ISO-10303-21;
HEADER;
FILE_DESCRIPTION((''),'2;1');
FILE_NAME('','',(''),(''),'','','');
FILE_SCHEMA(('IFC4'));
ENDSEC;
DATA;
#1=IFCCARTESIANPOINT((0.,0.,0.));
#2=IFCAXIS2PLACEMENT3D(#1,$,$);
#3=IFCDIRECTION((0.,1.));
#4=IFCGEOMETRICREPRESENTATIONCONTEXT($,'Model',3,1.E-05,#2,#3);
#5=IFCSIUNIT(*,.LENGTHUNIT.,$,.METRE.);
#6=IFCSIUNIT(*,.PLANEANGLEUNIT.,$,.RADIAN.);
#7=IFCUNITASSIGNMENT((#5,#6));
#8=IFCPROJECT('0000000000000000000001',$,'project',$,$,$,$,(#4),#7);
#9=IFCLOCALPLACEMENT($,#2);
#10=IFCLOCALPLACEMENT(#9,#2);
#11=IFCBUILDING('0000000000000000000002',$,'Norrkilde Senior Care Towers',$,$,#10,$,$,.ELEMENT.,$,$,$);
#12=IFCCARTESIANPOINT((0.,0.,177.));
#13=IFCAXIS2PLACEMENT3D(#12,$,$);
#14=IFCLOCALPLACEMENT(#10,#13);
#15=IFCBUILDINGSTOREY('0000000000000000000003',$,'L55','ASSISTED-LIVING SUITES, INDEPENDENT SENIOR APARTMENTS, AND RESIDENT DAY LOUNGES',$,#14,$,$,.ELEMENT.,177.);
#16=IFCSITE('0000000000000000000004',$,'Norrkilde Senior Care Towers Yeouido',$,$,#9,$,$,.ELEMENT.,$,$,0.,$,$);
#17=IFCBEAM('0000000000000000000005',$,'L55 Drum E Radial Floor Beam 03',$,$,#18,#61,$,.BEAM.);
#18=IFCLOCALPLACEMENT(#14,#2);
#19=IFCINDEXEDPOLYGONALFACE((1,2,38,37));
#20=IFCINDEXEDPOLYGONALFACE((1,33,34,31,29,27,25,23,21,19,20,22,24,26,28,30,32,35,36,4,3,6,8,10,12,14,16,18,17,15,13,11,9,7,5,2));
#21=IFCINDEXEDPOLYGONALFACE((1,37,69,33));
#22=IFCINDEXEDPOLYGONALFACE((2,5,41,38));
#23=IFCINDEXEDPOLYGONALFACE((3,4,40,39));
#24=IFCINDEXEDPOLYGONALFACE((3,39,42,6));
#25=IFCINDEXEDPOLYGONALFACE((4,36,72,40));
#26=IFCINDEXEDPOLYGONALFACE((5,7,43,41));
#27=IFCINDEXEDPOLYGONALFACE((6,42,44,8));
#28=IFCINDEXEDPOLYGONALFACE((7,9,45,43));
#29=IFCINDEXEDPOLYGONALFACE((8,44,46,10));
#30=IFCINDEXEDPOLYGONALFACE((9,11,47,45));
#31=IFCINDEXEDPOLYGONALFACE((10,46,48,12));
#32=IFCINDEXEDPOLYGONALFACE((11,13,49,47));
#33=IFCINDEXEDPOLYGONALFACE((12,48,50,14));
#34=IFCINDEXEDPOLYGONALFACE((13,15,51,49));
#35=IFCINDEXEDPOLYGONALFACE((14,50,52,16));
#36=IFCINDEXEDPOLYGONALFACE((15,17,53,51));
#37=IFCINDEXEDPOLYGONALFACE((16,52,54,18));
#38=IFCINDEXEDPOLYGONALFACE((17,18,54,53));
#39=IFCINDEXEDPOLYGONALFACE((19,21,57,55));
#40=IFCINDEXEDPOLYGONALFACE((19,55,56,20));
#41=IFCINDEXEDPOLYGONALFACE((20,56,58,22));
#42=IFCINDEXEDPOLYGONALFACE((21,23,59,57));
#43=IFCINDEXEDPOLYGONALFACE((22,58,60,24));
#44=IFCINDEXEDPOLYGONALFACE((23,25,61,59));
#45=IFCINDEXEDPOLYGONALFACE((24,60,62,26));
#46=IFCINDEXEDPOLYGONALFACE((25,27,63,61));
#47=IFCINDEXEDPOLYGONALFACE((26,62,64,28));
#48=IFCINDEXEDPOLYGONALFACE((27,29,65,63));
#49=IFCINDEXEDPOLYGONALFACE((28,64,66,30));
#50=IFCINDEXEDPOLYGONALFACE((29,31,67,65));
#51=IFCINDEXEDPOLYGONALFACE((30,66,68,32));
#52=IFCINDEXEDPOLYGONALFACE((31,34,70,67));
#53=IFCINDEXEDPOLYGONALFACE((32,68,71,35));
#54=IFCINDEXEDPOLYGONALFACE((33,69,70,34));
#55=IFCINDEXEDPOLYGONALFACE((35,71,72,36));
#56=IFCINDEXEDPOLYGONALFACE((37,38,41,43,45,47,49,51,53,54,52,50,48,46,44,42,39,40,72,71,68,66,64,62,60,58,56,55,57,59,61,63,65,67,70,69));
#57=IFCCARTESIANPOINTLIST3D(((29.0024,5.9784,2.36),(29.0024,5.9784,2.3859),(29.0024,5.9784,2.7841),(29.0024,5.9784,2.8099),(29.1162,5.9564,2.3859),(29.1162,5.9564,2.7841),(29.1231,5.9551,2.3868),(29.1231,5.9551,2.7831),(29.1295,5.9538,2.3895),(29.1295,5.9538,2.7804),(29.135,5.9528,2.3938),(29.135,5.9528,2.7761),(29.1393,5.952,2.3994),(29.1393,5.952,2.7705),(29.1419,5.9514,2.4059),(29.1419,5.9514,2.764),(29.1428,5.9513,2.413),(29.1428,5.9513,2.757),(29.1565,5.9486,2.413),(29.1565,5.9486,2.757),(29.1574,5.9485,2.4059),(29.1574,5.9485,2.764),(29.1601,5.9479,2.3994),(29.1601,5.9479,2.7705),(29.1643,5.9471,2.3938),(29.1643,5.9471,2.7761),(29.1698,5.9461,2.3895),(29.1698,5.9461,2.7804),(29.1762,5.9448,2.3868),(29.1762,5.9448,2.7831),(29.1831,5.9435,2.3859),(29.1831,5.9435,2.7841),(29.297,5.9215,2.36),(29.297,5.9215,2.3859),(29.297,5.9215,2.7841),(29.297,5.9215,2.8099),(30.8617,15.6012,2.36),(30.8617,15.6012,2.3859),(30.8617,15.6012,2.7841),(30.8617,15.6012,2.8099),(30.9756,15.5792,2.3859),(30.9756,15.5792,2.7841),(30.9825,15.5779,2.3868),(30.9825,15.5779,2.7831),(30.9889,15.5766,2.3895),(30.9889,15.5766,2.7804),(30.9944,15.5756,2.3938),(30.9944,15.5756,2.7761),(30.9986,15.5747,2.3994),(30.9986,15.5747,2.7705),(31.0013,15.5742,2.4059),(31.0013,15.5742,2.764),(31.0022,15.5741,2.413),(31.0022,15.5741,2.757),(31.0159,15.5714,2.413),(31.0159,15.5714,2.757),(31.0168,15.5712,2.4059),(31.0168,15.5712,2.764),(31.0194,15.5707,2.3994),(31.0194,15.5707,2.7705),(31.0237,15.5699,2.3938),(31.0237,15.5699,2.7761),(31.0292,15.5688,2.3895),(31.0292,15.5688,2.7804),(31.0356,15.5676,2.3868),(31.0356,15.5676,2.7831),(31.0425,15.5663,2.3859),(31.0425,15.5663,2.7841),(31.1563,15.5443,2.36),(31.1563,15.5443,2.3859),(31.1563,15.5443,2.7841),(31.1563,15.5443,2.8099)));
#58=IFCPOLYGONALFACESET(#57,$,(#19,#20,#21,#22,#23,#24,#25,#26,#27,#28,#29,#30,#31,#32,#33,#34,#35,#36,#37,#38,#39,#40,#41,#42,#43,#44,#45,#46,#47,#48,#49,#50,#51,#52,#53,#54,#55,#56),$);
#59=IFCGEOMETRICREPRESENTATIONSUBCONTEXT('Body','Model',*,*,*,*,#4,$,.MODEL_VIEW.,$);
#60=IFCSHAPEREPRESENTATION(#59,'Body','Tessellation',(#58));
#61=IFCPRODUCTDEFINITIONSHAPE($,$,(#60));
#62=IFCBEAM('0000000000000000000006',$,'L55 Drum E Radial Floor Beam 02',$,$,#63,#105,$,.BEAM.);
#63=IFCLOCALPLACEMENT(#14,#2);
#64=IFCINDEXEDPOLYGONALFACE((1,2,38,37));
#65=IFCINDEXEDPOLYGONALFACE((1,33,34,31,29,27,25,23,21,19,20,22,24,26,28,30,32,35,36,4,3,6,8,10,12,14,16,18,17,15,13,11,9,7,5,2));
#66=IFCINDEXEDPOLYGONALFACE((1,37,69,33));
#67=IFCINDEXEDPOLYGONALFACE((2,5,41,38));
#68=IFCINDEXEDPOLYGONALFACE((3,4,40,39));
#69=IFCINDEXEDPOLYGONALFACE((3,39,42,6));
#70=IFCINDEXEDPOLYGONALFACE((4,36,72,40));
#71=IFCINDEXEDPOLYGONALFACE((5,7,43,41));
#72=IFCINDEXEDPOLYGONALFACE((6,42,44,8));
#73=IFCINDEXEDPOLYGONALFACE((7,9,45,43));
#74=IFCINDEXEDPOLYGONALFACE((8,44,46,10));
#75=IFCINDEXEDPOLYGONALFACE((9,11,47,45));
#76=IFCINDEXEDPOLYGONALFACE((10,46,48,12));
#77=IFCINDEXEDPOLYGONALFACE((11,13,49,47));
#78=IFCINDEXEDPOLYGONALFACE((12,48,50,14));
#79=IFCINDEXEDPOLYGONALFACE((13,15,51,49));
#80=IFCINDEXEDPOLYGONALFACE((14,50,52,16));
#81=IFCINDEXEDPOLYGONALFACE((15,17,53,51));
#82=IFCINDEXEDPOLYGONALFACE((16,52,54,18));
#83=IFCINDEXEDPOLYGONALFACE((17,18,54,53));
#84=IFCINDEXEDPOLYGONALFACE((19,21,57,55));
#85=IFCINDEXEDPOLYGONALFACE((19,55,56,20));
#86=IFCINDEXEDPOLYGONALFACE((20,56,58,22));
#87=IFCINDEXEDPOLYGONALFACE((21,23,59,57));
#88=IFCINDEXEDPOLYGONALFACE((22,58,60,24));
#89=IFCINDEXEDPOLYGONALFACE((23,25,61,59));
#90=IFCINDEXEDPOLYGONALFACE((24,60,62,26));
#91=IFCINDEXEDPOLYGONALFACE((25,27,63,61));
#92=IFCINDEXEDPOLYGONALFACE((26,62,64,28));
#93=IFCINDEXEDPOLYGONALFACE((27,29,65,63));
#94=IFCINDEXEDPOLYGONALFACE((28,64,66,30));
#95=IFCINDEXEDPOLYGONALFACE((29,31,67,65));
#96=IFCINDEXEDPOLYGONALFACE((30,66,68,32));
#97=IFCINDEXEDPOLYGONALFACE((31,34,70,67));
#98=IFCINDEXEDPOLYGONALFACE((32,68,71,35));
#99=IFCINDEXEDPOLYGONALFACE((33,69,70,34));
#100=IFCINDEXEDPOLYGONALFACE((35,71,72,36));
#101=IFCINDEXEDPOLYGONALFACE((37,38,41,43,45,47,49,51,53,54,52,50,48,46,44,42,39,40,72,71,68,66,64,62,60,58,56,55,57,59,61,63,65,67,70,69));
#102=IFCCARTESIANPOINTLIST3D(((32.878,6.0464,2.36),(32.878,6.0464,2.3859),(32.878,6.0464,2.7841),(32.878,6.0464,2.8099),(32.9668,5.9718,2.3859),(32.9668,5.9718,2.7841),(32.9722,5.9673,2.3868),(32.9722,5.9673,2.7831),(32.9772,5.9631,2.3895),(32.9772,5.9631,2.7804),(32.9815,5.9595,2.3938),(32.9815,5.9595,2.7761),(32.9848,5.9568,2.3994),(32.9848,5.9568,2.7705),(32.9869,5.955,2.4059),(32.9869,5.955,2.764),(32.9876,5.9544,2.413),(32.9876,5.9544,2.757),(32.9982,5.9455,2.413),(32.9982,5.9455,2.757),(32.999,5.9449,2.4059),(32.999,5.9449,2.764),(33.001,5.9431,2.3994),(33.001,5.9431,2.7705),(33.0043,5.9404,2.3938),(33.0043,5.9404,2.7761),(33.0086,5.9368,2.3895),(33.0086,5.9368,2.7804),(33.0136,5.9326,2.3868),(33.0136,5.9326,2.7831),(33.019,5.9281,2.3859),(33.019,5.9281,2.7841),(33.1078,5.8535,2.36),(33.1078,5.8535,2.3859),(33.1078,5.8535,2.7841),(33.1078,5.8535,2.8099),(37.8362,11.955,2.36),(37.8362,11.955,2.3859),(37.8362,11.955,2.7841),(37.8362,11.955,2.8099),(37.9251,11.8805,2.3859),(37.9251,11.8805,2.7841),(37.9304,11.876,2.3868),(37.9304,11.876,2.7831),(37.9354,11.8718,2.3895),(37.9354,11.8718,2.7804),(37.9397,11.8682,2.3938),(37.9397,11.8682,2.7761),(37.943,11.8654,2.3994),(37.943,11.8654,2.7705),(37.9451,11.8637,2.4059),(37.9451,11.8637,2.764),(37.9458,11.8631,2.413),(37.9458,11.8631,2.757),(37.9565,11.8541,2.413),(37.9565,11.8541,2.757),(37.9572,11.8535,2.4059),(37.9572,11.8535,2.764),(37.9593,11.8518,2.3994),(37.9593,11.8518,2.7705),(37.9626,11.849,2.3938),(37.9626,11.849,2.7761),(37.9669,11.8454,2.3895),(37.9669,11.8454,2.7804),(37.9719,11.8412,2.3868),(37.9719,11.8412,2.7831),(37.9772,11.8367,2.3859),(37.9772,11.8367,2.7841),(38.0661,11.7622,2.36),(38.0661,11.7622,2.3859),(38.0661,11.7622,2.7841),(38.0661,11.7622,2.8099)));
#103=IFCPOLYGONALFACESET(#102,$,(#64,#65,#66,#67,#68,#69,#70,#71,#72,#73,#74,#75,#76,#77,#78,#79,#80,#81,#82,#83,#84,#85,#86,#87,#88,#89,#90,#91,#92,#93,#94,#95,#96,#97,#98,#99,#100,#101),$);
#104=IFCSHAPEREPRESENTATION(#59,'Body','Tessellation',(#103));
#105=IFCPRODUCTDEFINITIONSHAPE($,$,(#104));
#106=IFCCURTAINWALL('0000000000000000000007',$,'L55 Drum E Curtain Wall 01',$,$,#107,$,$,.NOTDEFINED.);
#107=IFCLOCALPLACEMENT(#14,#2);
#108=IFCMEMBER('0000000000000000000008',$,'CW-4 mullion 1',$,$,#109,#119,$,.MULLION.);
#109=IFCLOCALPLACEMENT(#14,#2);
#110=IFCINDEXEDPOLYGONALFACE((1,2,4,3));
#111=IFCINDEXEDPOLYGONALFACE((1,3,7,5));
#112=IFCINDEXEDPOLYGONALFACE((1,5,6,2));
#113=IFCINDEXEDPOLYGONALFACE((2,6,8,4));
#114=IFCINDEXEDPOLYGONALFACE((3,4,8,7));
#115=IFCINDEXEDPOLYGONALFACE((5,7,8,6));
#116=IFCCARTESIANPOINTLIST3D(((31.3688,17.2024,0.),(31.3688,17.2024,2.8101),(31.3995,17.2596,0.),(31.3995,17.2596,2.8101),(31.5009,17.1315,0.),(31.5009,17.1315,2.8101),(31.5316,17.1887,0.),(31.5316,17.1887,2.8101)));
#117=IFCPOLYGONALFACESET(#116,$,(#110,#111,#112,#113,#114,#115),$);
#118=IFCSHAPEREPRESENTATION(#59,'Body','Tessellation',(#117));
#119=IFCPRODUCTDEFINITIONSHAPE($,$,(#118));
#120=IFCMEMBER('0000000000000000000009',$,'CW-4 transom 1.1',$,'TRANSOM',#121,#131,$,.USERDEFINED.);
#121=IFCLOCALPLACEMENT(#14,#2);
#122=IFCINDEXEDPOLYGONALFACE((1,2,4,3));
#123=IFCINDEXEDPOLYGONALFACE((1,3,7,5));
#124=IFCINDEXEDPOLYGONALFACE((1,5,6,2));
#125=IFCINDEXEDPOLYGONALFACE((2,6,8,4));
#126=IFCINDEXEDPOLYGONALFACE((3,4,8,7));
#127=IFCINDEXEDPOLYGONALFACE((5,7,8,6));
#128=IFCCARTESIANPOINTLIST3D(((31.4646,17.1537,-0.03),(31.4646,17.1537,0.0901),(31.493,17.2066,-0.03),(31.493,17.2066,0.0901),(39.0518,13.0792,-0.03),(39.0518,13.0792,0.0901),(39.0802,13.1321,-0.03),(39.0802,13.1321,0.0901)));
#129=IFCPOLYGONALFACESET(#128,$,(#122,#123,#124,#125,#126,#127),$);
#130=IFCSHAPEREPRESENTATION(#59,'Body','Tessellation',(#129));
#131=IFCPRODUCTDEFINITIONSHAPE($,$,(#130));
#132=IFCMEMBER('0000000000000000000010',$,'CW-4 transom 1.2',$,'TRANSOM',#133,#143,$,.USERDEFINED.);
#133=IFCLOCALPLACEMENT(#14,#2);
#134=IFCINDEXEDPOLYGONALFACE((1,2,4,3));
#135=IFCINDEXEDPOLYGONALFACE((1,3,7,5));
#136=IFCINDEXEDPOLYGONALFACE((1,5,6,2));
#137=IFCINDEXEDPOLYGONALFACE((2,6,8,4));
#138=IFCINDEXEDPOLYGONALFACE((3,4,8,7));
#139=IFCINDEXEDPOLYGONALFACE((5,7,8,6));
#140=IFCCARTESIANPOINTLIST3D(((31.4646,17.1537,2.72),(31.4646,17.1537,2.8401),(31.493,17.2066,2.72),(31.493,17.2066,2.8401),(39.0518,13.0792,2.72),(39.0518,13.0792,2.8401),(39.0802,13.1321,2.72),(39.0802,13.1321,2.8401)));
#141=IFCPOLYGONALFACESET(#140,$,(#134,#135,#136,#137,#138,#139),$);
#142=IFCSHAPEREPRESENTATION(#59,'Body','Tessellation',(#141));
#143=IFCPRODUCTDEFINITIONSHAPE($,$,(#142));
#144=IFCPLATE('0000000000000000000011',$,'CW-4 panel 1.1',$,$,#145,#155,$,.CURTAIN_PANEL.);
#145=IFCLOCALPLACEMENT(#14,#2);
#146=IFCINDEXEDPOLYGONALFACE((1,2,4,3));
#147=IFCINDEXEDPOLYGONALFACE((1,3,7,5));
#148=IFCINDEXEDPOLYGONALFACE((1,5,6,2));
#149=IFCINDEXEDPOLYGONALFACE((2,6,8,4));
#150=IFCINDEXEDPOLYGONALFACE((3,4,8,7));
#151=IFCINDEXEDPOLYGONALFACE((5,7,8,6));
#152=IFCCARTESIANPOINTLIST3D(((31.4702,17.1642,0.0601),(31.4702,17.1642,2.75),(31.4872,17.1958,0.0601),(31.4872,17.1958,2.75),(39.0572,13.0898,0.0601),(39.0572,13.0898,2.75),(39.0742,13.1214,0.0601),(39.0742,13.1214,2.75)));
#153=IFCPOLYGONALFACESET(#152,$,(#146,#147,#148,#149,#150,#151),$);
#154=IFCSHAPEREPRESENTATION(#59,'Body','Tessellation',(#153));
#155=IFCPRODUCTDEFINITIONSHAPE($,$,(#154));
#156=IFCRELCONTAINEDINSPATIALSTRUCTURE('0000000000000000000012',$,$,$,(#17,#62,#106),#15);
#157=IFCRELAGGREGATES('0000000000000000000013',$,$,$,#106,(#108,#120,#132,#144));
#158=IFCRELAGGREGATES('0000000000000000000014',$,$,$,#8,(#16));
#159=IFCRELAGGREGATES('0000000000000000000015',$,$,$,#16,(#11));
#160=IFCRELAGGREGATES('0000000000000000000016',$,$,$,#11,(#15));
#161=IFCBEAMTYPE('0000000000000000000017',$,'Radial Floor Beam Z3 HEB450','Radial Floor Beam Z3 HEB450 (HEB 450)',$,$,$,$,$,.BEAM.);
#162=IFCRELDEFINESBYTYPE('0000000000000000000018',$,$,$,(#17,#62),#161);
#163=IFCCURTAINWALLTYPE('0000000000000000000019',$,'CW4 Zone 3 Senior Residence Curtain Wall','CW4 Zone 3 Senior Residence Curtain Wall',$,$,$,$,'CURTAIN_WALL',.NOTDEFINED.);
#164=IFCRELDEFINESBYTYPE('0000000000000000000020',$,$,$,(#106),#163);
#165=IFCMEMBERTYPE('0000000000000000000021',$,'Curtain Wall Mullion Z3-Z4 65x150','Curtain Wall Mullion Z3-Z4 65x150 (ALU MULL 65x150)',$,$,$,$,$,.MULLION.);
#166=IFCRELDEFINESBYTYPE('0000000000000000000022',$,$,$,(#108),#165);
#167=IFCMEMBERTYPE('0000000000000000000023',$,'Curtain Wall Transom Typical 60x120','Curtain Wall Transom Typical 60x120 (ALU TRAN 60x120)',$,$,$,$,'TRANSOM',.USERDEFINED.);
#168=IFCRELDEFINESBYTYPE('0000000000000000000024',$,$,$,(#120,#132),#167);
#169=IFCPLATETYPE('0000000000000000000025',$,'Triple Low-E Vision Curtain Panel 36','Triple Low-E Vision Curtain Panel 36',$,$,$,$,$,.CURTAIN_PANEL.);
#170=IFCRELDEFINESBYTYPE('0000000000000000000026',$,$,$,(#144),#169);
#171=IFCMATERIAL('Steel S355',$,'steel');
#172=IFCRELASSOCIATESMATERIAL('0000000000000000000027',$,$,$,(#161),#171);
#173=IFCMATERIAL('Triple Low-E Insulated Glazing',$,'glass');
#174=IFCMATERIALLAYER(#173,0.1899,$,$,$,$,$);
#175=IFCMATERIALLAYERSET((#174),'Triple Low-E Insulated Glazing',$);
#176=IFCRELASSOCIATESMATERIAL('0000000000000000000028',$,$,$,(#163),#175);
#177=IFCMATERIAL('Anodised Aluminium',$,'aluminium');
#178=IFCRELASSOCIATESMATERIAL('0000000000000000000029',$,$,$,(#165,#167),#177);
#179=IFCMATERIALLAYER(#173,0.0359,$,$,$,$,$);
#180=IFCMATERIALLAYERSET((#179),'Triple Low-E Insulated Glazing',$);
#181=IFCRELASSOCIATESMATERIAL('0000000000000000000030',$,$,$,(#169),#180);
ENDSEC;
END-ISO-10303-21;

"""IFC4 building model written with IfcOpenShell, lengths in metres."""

from ifc_helpers import new_model, si_unit, direction, frame, origin, origin_2d, place, context, subcontext, project, spatial, rectangle, i_section, extrude, source, transform, mapped, material, layer, layer_set, material_profile, profile_set, type_object, type_shapes, element, aggregate, save


model = new_model("IFC4")

# Units and contexts
model_context = context("Model", 3, precision=1e-05, world=origin(), true_north=direction((0.0, 1.0)))
body_context = subcontext(model_context, "Body", "Model", "MODEL_VIEW")
ifc_project = project(units=[si_unit("LENGTHUNIT", "METRE"), si_unit("PLANEANGLEUNIT", "RADIAN")], contexts=[model_context])

# Site, building, storey
site_placement = place(None, origin())
site = spatial("IfcSite", under=ifc_project, at=site_placement, Name="Norrkilde Senior Care Towers Yeouido", CompositionType="ELEMENT", RefElevation=0.0)
building_placement = place(site_placement, origin())
building = spatial("IfcBuilding", under=site, at=building_placement, Name="Norrkilde Senior Care Towers", CompositionType="ELEMENT")
storey_placement = place(building_placement, frame((0.0, 0.0, 177.0)))
storey = spatial("IfcBuildingStorey", under=building, at=storey_placement, Name="L55", Description="ASSISTED-LIVING SUITES, INDEPENDENT SENIOR APARTMENTS, AND RESIDENT DAY LOUNGES", CompositionType="ELEMENT", Elevation=177.0)

# Beams
ifc_material_1 = material(Name="Steel S355", Category="steel")
ifc_material_profile_1 = material_profile(ifc_material_1, i_section(OverallWidth=0.3, OverallDepth=0.45, WebThickness=0.0139, FlangeThickness=0.0259, FilletRadius=0.0271, at=origin_2d()), Name="HEB 450")
ifc_profile_set_1 = profile_set([ifc_material_profile_1], Name="Steel S355")
beam_type_1 = type_object("IfcBeamType", Name="Radial Floor Beam Z3 HEB450", Description="Radial Floor Beam Z3 HEB450 (HEB 450)", PredefinedType="BEAM", material=ifc_profile_set_1)
shared_shape_1 = source(origin(), body_context, "Body", "SweptSolid", [
    extrude(i_section(OverallWidth=0.3, OverallDepth=0.45, WebThickness=0.0139, FlangeThickness=0.0259, FilletRadius=0.0271, at=origin_2d()), origin(), (0.0, 0.0, 1.0), 9.8008),
])
beam_1_placement = place(storey_placement, frame((29.1497, 5.95, 2.585), z_axis=(0.189717, 0.981839, 0.0), x_axis=(-0.981839, 0.189717, 0.0)))
element("IfcBeam", 1, at=beam_1_placement, inside=storey, type_object=beam_type_1, Name="L55 Drum E Radial Floor Beam 03", PredefinedType="BEAM", context=body_context, shape_type="MappedRepresentation", body=[
    mapped(shared_shape_1, transform((0.0, 0.0, 0.0), x_axis=(1.0, 0.0, 0.0), y_axis=(0.0, 1.0, 0.0), z_axis=(0.0, 0.0, 1.0), scale=1.0)),
])
shared_shape_2 = source(origin(), body_context, "Body", "SweptSolid", [
    extrude(i_section(OverallWidth=0.3, OverallDepth=0.45, WebThickness=0.0139, FlangeThickness=0.0259, FilletRadius=0.0271, at=origin_2d()), origin(), (0.0, 0.0, 1.0), 7.7134),
])
beam_2_placement = place(storey_placement, frame((32.9929, 5.95, 2.585), z_axis=(0.642808, 0.766027, 0.0), x_axis=(-0.766027, 0.642808, 0.0)))
element("IfcBeam", 2, at=beam_2_placement, inside=storey, type_object=beam_type_1, Name="L55 Drum E Radial Floor Beam 02", PredefinedType="BEAM", context=body_context, shape_type="MappedRepresentation", body=[
    mapped(shared_shape_2, transform((0.0, 0.0, 0.0), x_axis=(1.0, 0.0, 0.0), y_axis=(0.0, 1.0, 0.0), z_axis=(0.0, 0.0, 1.0), scale=1.0)),
])

# Curtain wall, members, plate
ifc_material_2 = material(Name="Triple Low-E Insulated Glazing", Category="glass")
ifc_layer_1 = layer(ifc_material_2, 0.1899)
ifc_layer_set_1 = layer_set([ifc_layer_1], Name="Triple Low-E Insulated Glazing")
curtain_wall_type = type_object("IfcCurtainWallType", Name="CW4 Zone 3 Senior Residence Curtain Wall", Description="CW4 Zone 3 Senior Residence Curtain Wall", ElementType="CURTAIN_WALL", PredefinedType="NOTDEFINED", material=ifc_layer_set_1)
curtain_wall_placement = place(storey_placement, origin())
curtain_wall = element("IfcCurtainWall", 3, at=curtain_wall_placement, inside=storey, type_object=curtain_wall_type, Name="L55 Drum E Curtain Wall 01", PredefinedType="NOTDEFINED")
ifc_material_3 = material(Name="Anodised Aluminium", Category="aluminium")
ifc_material_profile_2 = material_profile(ifc_material_3, rectangle(XDim=0.0649, YDim=0.1499, at=origin_2d()), Name="ALU MULL 65x150")
ifc_profile_set_2 = profile_set([ifc_material_profile_2], Name="Anodised Aluminium")
member_type_1 = type_object("IfcMemberType", Name="Curtain Wall Mullion Z3-Z4 65x150", Description="Curtain Wall Mullion Z3-Z4 65x150 (ALU MULL 65x150)", PredefinedType="MULLION", material=ifc_profile_set_2)
shared_shape_3 = source(origin(), body_context, "Body", "SweptSolid", [
    extrude(rectangle(XDim=0.0649, YDim=0.1499, at=origin_2d()), origin(), (0.0, 0.0, 1.0), 2.8101),
])
type_shapes(member_type_1, [shared_shape_3])
member_1_placement = place(storey_placement, frame((31.4502, 17.1956, 0.0), z_axis=(0.0, 0.0, 1.0), x_axis=(0.473117, 0.881, 0.0)))
member_1 = element("IfcMember", 4, at=member_1_placement, type_object=member_type_1, Name="CW-4 mullion 1", PredefinedType="MULLION", context=body_context, shape_type="MappedRepresentation", body=[
    mapped(shared_shape_3, transform((0.0, 0.0, 0.0), x_axis=(1.0, 0.0, 0.0), y_axis=(0.0, 1.0, 0.0), z_axis=(0.0, 0.0, 1.0), scale=1.0)),
])
ifc_material_profile_3 = material_profile(ifc_material_3, rectangle(XDim=0.0601, YDim=0.1201, at=origin_2d()), Name="ALU TRAN 60x120")
ifc_profile_set_3 = profile_set([ifc_material_profile_3], Name="Anodised Aluminium")
member_type_2 = type_object("IfcMemberType", Name="Curtain Wall Transom Typical 60x120", Description="Curtain Wall Transom Typical 60x120 (ALU TRAN 60x120)", ElementType="TRANSOM", PredefinedType="USERDEFINED", material=ifc_profile_set_3)
shared_shape_4 = source(origin(), body_context, "Body", "SweptSolid", [
    extrude(rectangle(XDim=0.0601, YDim=0.1201, at=origin_2d()), origin(), (0.0, 0.0, 1.0), 8.6121),
])
type_shapes(member_type_2, [shared_shape_4])
member_2_placement = place(storey_placement, frame((31.4788, 17.1802, 0.03), z_axis=(0.881, -0.473116, 0.0), x_axis=(0.473116, 0.881, 0.0)))
member_2 = element("IfcMember", 5, at=member_2_placement, type_object=member_type_2, Name="CW-4 transom 1.1", ObjectType="TRANSOM", PredefinedType="USERDEFINED", context=body_context, shape_type="MappedRepresentation", body=[
    mapped(shared_shape_4, transform((0.0, 0.0, 0.0), x_axis=(1.0, 0.0, 0.0), y_axis=(0.0, 1.0, 0.0), z_axis=(0.0, 0.0, 1.0), scale=1.0)),
])
member_3_placement = place(storey_placement, frame((31.4788, 17.1802, 2.78), z_axis=(0.881, -0.473116, 0.0), x_axis=(0.473116, 0.881, 0.0)))
member_3 = element("IfcMember", 6, at=member_3_placement, type_object=member_type_2, Name="CW-4 transom 1.2", ObjectType="TRANSOM", PredefinedType="USERDEFINED", context=body_context, shape_type="MappedRepresentation", body=[
    mapped(shared_shape_4, transform((0.0, 0.0, 0.0), x_axis=(1.0, 0.0, 0.0), y_axis=(0.0, 1.0, 0.0), z_axis=(0.0, 0.0, 1.0), scale=1.0)),
])
ifc_layer_2 = layer(ifc_material_2, 0.0359)
ifc_layer_set_2 = layer_set([ifc_layer_2], Name="Triple Low-E Insulated Glazing")
plate_type = type_object("IfcPlateType", Name="Triple Low-E Vision Curtain Panel 36", Description="Triple Low-E Vision Curtain Panel 36", PredefinedType="CURTAIN_PANEL", material=ifc_layer_set_2)
shared_shape_5 = source(origin(), body_context, "Body", "SweptSolid", [
    extrude(rectangle(XDim=8.6118, YDim=0.0359, at=origin_2d()), origin(), (0.0, 0.0, 1.0), 2.6899),
])
type_shapes(plate_type, [shared_shape_5])
plate_placement = place(storey_placement, frame((35.2722, 15.1428, 0.0601), z_axis=(0.0, 0.0, 1.0), x_axis=(0.881, -0.473117, 0.0)))
plate = element("IfcPlate", 7, at=plate_placement, type_object=plate_type, Name="CW-4 panel 1.1", PredefinedType="CURTAIN_PANEL", context=body_context, shape_type="MappedRepresentation", body=[
    mapped(shared_shape_5, transform((0.0, 0.0, 0.0), x_axis=(1.0, 0.0, 0.0), y_axis=(0.0, 1.0, 0.0), z_axis=(0.0, 0.0, 1.0), scale=1.0)),
])
aggregate(curtain_wall, [member_1, member_2, member_3, plate])

save(model, "model.ifc")
